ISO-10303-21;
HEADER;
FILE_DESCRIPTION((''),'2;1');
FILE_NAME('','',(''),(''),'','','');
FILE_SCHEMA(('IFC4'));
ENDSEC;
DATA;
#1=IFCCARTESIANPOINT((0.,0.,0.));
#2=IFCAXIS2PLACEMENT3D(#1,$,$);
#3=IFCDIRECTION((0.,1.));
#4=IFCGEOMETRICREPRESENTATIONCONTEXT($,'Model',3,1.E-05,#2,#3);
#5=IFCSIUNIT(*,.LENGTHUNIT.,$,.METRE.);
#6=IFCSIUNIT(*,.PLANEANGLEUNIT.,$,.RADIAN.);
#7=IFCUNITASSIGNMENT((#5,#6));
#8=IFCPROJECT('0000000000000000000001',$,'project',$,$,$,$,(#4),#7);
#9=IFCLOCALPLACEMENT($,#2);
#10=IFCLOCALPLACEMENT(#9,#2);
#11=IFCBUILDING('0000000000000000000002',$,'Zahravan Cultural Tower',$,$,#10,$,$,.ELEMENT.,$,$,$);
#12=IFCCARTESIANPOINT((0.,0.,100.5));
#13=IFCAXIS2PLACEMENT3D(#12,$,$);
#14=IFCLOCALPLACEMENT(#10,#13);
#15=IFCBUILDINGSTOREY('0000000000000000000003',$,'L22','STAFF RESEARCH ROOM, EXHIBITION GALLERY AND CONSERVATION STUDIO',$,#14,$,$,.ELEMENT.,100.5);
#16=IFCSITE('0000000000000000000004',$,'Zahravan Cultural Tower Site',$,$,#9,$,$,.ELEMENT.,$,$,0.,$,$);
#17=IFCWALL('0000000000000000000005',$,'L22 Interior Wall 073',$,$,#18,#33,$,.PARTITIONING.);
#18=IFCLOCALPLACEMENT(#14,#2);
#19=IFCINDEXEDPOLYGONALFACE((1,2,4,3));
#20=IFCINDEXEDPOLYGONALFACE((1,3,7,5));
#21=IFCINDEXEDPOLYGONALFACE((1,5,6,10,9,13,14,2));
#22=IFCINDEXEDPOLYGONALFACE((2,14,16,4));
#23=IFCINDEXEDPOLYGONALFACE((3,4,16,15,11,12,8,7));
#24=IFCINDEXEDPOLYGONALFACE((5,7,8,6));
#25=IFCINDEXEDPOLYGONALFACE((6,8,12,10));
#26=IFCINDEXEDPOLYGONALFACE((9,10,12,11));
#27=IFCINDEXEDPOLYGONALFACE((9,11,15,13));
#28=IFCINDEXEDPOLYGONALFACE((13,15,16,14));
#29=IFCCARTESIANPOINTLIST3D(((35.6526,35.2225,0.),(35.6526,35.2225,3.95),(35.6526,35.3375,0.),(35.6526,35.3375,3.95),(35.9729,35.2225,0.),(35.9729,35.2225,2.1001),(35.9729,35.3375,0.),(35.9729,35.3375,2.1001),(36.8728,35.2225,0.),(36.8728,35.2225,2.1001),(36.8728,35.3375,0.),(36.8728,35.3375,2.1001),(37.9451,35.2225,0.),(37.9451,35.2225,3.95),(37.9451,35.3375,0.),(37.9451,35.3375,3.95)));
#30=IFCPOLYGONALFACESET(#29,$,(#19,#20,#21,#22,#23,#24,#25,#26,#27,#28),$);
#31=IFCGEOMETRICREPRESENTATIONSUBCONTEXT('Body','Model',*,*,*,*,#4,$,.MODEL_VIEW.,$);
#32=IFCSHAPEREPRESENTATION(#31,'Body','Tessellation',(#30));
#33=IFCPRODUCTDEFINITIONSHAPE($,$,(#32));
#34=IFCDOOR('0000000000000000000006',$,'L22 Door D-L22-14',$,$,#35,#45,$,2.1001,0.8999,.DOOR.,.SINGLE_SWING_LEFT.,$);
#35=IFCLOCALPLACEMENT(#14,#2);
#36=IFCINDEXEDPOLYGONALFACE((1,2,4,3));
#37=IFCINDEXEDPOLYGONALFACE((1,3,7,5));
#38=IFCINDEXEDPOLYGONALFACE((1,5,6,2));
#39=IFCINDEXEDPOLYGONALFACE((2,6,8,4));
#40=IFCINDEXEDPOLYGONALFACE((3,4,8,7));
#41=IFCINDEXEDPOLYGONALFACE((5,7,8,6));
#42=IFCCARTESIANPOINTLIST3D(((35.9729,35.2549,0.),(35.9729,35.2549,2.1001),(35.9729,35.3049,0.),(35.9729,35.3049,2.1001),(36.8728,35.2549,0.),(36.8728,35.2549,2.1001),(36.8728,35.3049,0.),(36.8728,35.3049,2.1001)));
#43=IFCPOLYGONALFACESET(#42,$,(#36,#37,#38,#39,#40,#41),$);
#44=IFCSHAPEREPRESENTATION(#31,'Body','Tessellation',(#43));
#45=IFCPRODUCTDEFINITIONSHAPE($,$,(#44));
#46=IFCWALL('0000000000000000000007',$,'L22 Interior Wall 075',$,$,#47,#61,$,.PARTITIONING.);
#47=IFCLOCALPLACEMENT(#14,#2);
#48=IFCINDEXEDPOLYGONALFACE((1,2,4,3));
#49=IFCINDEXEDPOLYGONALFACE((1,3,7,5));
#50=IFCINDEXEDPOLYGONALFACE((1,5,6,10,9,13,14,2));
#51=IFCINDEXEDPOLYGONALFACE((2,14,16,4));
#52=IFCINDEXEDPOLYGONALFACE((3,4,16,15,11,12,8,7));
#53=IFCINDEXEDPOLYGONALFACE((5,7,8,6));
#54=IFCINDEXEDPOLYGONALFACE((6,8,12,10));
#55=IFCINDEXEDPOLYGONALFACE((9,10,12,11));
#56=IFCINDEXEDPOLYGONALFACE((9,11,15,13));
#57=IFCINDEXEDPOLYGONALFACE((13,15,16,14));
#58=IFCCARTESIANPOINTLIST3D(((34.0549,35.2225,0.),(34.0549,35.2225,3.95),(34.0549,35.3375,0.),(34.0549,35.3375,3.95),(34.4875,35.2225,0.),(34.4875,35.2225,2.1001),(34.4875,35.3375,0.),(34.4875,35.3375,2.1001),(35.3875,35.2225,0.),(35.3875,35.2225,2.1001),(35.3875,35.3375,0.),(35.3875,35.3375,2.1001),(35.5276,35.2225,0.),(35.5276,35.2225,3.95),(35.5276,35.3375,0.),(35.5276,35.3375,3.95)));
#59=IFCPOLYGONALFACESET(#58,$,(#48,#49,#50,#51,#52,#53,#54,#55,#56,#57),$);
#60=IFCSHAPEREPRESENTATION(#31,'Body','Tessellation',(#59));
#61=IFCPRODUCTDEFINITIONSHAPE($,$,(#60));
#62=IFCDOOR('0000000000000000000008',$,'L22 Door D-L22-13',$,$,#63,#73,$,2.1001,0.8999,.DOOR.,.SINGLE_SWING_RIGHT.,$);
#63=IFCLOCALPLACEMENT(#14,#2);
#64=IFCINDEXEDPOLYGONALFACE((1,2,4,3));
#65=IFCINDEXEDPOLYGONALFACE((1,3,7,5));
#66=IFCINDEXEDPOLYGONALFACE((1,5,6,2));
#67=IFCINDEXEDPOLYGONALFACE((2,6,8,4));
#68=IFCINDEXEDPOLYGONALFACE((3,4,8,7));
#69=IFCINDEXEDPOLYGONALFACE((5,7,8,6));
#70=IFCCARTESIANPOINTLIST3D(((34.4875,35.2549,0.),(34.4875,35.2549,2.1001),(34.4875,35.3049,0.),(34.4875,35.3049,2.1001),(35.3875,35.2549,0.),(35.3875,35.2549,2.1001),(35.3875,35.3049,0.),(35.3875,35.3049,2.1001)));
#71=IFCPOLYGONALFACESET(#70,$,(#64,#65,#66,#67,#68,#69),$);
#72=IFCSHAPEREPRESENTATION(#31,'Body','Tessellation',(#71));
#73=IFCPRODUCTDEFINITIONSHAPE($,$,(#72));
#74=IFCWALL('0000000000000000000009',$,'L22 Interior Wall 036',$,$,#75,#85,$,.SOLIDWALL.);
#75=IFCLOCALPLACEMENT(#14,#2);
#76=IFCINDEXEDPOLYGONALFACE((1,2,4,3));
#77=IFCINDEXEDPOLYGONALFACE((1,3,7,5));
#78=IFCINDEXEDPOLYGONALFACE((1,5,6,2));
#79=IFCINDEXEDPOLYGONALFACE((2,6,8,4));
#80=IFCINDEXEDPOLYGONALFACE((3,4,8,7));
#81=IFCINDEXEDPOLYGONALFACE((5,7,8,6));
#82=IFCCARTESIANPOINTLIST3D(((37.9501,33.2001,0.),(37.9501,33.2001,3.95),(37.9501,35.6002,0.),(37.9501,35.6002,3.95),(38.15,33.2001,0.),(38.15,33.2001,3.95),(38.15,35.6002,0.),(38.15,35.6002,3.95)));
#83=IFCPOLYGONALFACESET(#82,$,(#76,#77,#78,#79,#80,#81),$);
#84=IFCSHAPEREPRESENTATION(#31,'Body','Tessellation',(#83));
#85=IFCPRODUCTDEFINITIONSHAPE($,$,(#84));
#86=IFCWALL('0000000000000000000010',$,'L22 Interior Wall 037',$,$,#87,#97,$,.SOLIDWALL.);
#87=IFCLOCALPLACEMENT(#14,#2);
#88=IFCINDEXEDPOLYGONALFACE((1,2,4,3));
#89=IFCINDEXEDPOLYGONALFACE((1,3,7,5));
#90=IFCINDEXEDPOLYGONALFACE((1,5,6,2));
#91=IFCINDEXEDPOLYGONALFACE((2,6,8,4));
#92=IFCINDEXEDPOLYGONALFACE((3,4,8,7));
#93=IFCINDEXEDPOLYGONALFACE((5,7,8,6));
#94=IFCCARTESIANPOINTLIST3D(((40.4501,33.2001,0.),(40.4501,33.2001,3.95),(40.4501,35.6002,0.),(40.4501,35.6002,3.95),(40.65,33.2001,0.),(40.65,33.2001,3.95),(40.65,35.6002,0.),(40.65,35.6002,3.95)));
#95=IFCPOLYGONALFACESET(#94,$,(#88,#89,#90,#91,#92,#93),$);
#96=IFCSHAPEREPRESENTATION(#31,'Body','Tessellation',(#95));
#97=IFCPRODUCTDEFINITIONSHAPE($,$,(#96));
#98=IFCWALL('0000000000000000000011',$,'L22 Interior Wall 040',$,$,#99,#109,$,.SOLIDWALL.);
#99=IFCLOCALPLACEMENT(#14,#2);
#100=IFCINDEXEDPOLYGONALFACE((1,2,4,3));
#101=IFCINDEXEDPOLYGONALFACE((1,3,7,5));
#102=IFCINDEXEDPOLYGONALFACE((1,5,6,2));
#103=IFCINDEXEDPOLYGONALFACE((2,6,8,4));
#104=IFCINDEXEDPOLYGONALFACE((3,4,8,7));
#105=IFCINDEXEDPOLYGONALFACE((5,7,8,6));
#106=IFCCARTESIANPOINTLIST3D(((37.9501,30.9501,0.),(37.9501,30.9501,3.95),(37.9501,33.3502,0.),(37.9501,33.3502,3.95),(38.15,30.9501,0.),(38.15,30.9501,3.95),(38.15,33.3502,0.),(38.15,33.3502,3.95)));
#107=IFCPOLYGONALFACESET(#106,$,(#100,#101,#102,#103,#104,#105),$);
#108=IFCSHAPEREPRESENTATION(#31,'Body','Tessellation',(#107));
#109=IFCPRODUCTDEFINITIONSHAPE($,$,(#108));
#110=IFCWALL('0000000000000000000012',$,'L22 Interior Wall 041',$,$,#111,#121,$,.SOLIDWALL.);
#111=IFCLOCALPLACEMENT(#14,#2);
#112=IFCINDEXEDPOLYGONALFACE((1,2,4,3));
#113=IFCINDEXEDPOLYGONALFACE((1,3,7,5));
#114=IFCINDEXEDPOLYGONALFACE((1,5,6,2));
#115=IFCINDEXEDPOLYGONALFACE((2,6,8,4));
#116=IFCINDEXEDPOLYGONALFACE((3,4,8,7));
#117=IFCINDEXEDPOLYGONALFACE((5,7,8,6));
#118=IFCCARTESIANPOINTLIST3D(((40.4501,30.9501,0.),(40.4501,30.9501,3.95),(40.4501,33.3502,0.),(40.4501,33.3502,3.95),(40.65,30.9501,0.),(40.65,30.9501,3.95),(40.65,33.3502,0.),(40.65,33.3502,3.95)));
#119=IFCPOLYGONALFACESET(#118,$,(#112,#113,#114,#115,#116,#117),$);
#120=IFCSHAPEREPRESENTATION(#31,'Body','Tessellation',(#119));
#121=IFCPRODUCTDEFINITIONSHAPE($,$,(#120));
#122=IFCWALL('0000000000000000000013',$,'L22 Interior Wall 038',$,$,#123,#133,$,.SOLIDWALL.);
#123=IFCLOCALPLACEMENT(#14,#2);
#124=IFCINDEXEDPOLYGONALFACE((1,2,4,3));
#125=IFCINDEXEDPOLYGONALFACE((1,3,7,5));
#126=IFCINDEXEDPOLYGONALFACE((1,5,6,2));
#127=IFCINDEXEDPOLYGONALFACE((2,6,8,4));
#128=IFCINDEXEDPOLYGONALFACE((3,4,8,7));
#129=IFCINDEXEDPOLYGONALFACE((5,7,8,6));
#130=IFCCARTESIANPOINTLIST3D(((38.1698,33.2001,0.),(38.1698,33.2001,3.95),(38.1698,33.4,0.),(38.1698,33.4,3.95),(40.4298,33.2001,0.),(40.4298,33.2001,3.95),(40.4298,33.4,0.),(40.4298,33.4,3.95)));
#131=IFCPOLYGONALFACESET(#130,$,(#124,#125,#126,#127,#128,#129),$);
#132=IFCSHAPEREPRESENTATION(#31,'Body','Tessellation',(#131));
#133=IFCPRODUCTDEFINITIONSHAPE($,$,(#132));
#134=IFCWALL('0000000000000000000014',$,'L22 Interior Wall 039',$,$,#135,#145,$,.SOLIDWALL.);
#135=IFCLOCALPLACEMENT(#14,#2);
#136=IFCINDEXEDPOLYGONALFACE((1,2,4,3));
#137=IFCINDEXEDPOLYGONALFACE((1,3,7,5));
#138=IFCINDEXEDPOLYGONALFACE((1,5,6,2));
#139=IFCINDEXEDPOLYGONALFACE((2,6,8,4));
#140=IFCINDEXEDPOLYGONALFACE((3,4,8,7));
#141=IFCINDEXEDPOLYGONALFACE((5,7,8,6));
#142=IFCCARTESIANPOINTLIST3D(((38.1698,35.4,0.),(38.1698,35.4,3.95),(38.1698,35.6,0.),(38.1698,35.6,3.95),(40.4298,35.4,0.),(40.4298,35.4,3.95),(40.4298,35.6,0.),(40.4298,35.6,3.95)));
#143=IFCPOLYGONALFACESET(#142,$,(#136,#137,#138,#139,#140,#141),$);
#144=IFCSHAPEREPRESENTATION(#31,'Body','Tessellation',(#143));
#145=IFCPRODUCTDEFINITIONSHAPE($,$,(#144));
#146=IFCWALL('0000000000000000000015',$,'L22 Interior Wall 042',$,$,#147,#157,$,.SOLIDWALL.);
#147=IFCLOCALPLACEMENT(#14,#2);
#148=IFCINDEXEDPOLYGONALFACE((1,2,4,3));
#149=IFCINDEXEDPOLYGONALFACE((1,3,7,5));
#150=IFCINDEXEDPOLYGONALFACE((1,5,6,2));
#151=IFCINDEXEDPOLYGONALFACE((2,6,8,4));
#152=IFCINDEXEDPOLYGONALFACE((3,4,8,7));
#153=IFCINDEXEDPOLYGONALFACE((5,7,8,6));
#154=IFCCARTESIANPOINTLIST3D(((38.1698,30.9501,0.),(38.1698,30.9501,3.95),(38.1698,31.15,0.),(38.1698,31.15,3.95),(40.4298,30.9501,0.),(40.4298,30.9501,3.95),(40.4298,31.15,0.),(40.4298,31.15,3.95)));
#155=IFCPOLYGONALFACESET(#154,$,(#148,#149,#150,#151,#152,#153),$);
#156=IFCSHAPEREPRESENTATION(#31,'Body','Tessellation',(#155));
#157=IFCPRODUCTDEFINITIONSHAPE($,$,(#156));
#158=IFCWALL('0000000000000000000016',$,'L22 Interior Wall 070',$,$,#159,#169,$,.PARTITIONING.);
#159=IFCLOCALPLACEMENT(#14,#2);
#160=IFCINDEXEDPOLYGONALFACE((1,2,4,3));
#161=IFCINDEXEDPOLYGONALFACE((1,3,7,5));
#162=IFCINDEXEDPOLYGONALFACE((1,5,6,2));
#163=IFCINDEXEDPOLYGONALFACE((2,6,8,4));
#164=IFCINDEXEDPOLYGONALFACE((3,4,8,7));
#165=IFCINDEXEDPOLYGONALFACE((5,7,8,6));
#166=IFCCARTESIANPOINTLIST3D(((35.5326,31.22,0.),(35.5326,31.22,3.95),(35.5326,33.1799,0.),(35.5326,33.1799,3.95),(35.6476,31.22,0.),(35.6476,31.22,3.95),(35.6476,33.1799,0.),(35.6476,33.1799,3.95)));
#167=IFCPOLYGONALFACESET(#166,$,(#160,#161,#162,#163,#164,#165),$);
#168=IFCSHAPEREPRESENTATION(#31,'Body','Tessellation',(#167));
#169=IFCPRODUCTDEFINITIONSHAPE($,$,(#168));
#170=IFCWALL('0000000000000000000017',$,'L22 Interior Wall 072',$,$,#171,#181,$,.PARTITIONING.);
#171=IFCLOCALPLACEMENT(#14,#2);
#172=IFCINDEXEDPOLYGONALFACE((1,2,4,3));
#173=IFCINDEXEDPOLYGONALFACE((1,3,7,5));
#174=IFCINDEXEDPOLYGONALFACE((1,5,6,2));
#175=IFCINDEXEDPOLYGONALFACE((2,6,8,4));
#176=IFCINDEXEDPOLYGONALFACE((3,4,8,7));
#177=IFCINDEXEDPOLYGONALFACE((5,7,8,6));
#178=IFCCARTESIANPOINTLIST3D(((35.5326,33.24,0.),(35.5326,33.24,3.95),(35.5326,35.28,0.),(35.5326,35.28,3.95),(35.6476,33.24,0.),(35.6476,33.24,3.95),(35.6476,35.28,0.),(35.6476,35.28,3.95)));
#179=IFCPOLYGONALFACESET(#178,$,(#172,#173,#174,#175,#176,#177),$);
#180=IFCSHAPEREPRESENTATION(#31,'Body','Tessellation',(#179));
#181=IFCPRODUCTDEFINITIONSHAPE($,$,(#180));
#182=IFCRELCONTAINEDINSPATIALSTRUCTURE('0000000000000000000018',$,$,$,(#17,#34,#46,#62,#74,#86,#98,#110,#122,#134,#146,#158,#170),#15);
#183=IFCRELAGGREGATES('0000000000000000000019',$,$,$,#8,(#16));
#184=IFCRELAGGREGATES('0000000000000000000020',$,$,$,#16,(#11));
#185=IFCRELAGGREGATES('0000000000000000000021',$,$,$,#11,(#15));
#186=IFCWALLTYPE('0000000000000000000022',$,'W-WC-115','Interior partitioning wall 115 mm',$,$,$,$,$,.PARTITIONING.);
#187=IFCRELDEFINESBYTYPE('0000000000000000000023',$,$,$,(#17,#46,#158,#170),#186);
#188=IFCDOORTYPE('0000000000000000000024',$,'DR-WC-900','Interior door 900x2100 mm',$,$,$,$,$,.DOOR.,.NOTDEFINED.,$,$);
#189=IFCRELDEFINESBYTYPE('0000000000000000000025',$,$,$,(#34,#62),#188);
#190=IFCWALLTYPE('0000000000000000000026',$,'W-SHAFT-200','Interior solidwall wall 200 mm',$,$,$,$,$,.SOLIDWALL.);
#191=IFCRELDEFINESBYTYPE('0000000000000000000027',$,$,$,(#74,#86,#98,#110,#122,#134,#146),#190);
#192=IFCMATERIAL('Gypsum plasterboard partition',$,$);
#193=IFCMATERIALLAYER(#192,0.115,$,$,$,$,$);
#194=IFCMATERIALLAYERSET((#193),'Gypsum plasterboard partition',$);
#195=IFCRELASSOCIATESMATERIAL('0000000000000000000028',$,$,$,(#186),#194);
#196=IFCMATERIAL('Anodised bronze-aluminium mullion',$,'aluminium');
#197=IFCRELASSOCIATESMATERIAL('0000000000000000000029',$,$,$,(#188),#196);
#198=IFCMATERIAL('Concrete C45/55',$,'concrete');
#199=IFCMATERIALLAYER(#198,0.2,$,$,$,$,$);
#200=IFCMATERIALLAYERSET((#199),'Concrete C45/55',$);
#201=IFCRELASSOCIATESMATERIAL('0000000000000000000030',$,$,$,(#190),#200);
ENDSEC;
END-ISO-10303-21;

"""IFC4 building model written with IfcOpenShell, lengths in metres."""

from ifc_helpers import new_model, si_unit, direction, frame, frame_2d, origin, place, context, subcontext, project, spatial, rectangle, extrude, source, transform, mapped, material, layer, layer_set, type_object, element, fill, save


model = new_model("IFC4")

# Units and contexts
model_context = context("Model", 3, precision=1e-05, world=origin(), true_north=direction((0.0, 1.0)))
body_context = subcontext(model_context, "Body", "Model", "MODEL_VIEW")
ifc_project = project(units=[si_unit("LENGTHUNIT", "METRE"), si_unit("PLANEANGLEUNIT", "RADIAN")], contexts=[model_context])

# Site, building, storey
site_placement = place(None, origin())
site = spatial("IfcSite", under=ifc_project, at=site_placement, Name="Zahravan Cultural Tower Site", CompositionType="ELEMENT", RefElevation=0.0)
building_placement = place(site_placement, origin())
building = spatial("IfcBuilding", under=site, at=building_placement, Name="Zahravan Cultural Tower", CompositionType="ELEMENT")
storey_placement = place(building_placement, frame((0.0, 0.0, 100.5)))
storey = spatial("IfcBuildingStorey", under=building, at=storey_placement, Name="L22", Description="STAFF RESEARCH ROOM, EXHIBITION GALLERY AND CONSERVATION STUDIO", CompositionType="ELEMENT", Elevation=100.5)

# Shared definitions
ifc_material_1 = material(Name="Anodised bronze-aluminium mullion", Category="aluminium")

# Walls, openings, doors
ifc_material_2 = material(Name="Gypsum plasterboard partition")
ifc_layer_1 = layer(ifc_material_2, 0.115)
ifc_layer_set_1 = layer_set([ifc_layer_1], Name="Gypsum plasterboard partition")
wall_type_1 = type_object("IfcWallType", Name="W-WC-115", Description="Interior partitioning wall 115 mm", PredefinedType="PARTITIONING", material=ifc_layer_set_1)
door_type_1 = type_object("IfcDoorType", Name="DR-WC-900", Description="Interior door 900x2100 mm", OperationType="NOTDEFINED", PredefinedType="DOOR", material=ifc_material_1)
shared_shape_1 = source(origin(), body_context, "Body", "SweptSolid", [
    extrude(rectangle(XDim=0.8999, YDim=2.1001, at=frame_2d((0.45, 1.05))), frame((0.0, 0.0249, 0.0), z_axis=(0.0, -1.0, 0.0), x_axis=(1.0, 0.0, 0.0)), (0.0, 0.0, 1.0), 0.05),
])
wall_1_placement = place(storey_placement, frame((35.6526, 35.28, 0.0), z_axis=(0.0, 0.0, 1.0), x_axis=(1.0, 0.0, 0.0)))
wall_1 = element("IfcWall", 1, at=wall_1_placement, inside=storey, type_object=wall_type_1, Name="L22 Interior Wall 073", PredefinedType="PARTITIONING", context=body_context, shape_type="SweptSolid", body=[
    extrude(rectangle(XDim=2.2925, YDim=0.115, at=frame_2d((1.1462, 0.0))), origin(), (0.0, 0.0, 1.0), 3.95),
])
opening_1_placement = place(wall_1_placement, frame((0.3203, 0.0, 0.0)))
opening_1 = element("IfcOpeningElement", 2, at=opening_1_placement, cuts=wall_1, PredefinedType="OPENING", context=body_context, shape_type="SweptSolid", body=[
    extrude(rectangle(XDim=0.8999, YDim=2.1001, at=frame_2d((0.45, 1.05))), frame((0.0, 0.0674, 0.0), z_axis=(0.0, -1.0, 0.0), x_axis=(1.0, 0.0, 0.0)), (0.0, 0.0, 1.0), 0.135),
])
door_1_placement = place(opening_1_placement, origin())
door_1 = element("IfcDoor", 3, at=door_1_placement, inside=storey, type_object=door_type_1, Name="L22 Door D-L22-14", OperationType="SINGLE_SWING_LEFT", OverallHeight=2.1001, OverallWidth=0.8999, PredefinedType="DOOR", context=body_context, shape_type="MappedRepresentation", body=[
    mapped(shared_shape_1, transform((0.0, 0.0, 0.0), x_axis=(1.0, 0.0, 0.0), y_axis=(0.0, 1.0, 0.0), z_axis=(0.0, 0.0, 1.0), scale=1.0)),
])
fill(opening_1, door_1)
wall_2_placement = place(storey_placement, frame((34.0549, 35.28, 0.0), z_axis=(0.0, 0.0, 1.0), x_axis=(1.0, 0.0, 0.0)))
wall_2 = element("IfcWall", 4, at=wall_2_placement, inside=storey, type_object=wall_type_1, Name="L22 Interior Wall 075", PredefinedType="PARTITIONING", context=body_context, shape_type="SweptSolid", body=[
    extrude(rectangle(XDim=1.4727, YDim=0.115, at=frame_2d((0.7363, 0.0))), origin(), (0.0, 0.0, 1.0), 3.95),
])
opening_2_placement = place(wall_2_placement, frame((0.4326, 0.0, 0.0)))
opening_2 = element("IfcOpeningElement", 5, at=opening_2_placement, cuts=wall_2, PredefinedType="OPENING", context=body_context, shape_type="SweptSolid", body=[
    extrude(rectangle(XDim=0.8999, YDim=2.1001, at=frame_2d((0.45, 1.05))), frame((0.0, 0.0674, 0.0), z_axis=(0.0, -1.0, 0.0), x_axis=(1.0, 0.0, 0.0)), (0.0, 0.0, 1.0), 0.135),
])
door_2_placement = place(opening_2_placement, origin())
door_2 = element("IfcDoor", 6, at=door_2_placement, inside=storey, type_object=door_type_1, Name="L22 Door D-L22-13", OperationType="SINGLE_SWING_RIGHT", OverallHeight=2.1001, OverallWidth=0.8999, PredefinedType="DOOR", context=body_context, shape_type="MappedRepresentation", body=[
    mapped(shared_shape_1, transform((0.0, 0.0, 0.0), x_axis=(1.0, 0.0, 0.0), y_axis=(0.0, 1.0, 0.0), z_axis=(0.0, 0.0, 1.0), scale=1.0)),
])
fill(opening_2, door_2)

# Walls
ifc_material_3 = material(Name="Concrete C45/55", Category="concrete")
ifc_layer_2 = layer(ifc_material_3, 0.2)
ifc_layer_set_2 = layer_set([ifc_layer_2], Name="Concrete C45/55")
wall_type_2 = type_object("IfcWallType", Name="W-SHAFT-200", Description="Interior solidwall wall 200 mm", PredefinedType="SOLIDWALL", material=ifc_layer_set_2)
shared_shape_2 = source(origin(), body_context, "Body", "SweptSolid", [
    extrude(rectangle(XDim=2.4001, YDim=0.2, at=frame_2d((1.2002, 0.0))), origin(), (0.0, 0.0, 1.0), 3.95),
])
for number, where, z_axis, x_axis, name in (
    (7, (38.05, 33.2, 0.0), (0.0, 0.0, 1.0), (0.0, 1.0, 0.0), "L22 Interior Wall 036"),
    (8, (40.55, 33.2, 0.0), (0.0, 0.0, 1.0), (0.0, 1.0, 0.0), "L22 Interior Wall 037"),
    (9, (38.05, 30.95, 0.0), (0.0, 0.0, 1.0), (0.0, 1.0, 0.0), "L22 Interior Wall 040"),
    (10, (40.55, 30.95, 0.0), (0.0, 0.0, 1.0), (0.0, 1.0, 0.0), "L22 Interior Wall 041"),
):
    element("IfcWall", number, at=place(storey_placement, frame(where, z_axis=z_axis, x_axis=x_axis)), inside=storey, type_object=wall_type_2, Name=name, PredefinedType="SOLIDWALL", context=body_context, shape_type="MappedRepresentation", body=[
        mapped(shared_shape_2, transform((0.0, 0.0, 0.0), x_axis=(1.0, 0.0, 0.0), y_axis=(0.0, 1.0, 0.0), z_axis=(0.0, 0.0, 1.0), scale=1.0)),
    ])
shared_shape_3 = source(origin(), body_context, "Body", "SweptSolid", [
    extrude(rectangle(XDim=2.26, YDim=0.2, at=frame_2d((1.1299, 0.0))), origin(), (0.0, 0.0, 1.0), 3.95),
])
for number, where, z_axis, x_axis, name in (
    (11, (38.1699, 33.3, 0.0), (0.0, 0.0, 1.0), (1.0, 0.0, 0.0), "L22 Interior Wall 038"),
    (12, (38.1699, 35.5, 0.0), (0.0, 0.0, 1.0), (1.0, 0.0, 0.0), "L22 Interior Wall 039"),
    (13, (38.1699, 31.05, 0.0), (0.0, 0.0, 1.0), (1.0, 0.0, 0.0), "L22 Interior Wall 042"),
):
    element("IfcWall", number, at=place(storey_placement, frame(where, z_axis=z_axis, x_axis=x_axis)), inside=storey, type_object=wall_type_2, Name=name, PredefinedType="SOLIDWALL", context=body_context, shape_type="MappedRepresentation", body=[
        mapped(shared_shape_3, transform((0.0, 0.0, 0.0), x_axis=(1.0, 0.0, 0.0), y_axis=(0.0, 1.0, 0.0), z_axis=(0.0, 0.0, 1.0), scale=1.0)),
    ])
shared_shape_4 = source(origin(), body_context, "Body", "SweptSolid", [
    extrude(rectangle(XDim=1.96, YDim=0.115, at=frame_2d((0.98, 0.0))), origin(), (0.0, 0.0, 1.0), 3.95),
])
wall_3_placement = place(storey_placement, frame((35.5901, 31.22, 0.0), z_axis=(0.0, 0.0, 1.0), x_axis=(0.0, 1.0, 0.0)))
element("IfcWall", 14, at=wall_3_placement, inside=storey, type_object=wall_type_1, Name="L22 Interior Wall 070", PredefinedType="PARTITIONING", context=body_context, shape_type="MappedRepresentation", body=[
    mapped(shared_shape_4, transform((0.0, 0.0, 0.0), x_axis=(1.0, 0.0, 0.0), y_axis=(0.0, 1.0, 0.0), z_axis=(0.0, 0.0, 1.0), scale=1.0)),
])
shared_shape_5 = source(origin(), body_context, "Body", "SweptSolid", [
    extrude(rectangle(XDim=2.04, YDim=0.115, at=frame_2d((1.02, 0.0))), origin(), (0.0, 0.0, 1.0), 3.95),
])
wall_4_placement = place(storey_placement, frame((35.5901, 33.24, 0.0), z_axis=(0.0, 0.0, 1.0), x_axis=(0.0, 1.0, 0.0)))
element("IfcWall", 15, at=wall_4_placement, inside=storey, type_object=wall_type_1, Name="L22 Interior Wall 072", PredefinedType="PARTITIONING", context=body_context, shape_type="MappedRepresentation", body=[
    mapped(shared_shape_5, transform((0.0, 0.0, 0.0), x_axis=(1.0, 0.0, 0.0), y_axis=(0.0, 1.0, 0.0), z_axis=(0.0, 0.0, 1.0), scale=1.0)),
])

save(model, "model.ifc")
